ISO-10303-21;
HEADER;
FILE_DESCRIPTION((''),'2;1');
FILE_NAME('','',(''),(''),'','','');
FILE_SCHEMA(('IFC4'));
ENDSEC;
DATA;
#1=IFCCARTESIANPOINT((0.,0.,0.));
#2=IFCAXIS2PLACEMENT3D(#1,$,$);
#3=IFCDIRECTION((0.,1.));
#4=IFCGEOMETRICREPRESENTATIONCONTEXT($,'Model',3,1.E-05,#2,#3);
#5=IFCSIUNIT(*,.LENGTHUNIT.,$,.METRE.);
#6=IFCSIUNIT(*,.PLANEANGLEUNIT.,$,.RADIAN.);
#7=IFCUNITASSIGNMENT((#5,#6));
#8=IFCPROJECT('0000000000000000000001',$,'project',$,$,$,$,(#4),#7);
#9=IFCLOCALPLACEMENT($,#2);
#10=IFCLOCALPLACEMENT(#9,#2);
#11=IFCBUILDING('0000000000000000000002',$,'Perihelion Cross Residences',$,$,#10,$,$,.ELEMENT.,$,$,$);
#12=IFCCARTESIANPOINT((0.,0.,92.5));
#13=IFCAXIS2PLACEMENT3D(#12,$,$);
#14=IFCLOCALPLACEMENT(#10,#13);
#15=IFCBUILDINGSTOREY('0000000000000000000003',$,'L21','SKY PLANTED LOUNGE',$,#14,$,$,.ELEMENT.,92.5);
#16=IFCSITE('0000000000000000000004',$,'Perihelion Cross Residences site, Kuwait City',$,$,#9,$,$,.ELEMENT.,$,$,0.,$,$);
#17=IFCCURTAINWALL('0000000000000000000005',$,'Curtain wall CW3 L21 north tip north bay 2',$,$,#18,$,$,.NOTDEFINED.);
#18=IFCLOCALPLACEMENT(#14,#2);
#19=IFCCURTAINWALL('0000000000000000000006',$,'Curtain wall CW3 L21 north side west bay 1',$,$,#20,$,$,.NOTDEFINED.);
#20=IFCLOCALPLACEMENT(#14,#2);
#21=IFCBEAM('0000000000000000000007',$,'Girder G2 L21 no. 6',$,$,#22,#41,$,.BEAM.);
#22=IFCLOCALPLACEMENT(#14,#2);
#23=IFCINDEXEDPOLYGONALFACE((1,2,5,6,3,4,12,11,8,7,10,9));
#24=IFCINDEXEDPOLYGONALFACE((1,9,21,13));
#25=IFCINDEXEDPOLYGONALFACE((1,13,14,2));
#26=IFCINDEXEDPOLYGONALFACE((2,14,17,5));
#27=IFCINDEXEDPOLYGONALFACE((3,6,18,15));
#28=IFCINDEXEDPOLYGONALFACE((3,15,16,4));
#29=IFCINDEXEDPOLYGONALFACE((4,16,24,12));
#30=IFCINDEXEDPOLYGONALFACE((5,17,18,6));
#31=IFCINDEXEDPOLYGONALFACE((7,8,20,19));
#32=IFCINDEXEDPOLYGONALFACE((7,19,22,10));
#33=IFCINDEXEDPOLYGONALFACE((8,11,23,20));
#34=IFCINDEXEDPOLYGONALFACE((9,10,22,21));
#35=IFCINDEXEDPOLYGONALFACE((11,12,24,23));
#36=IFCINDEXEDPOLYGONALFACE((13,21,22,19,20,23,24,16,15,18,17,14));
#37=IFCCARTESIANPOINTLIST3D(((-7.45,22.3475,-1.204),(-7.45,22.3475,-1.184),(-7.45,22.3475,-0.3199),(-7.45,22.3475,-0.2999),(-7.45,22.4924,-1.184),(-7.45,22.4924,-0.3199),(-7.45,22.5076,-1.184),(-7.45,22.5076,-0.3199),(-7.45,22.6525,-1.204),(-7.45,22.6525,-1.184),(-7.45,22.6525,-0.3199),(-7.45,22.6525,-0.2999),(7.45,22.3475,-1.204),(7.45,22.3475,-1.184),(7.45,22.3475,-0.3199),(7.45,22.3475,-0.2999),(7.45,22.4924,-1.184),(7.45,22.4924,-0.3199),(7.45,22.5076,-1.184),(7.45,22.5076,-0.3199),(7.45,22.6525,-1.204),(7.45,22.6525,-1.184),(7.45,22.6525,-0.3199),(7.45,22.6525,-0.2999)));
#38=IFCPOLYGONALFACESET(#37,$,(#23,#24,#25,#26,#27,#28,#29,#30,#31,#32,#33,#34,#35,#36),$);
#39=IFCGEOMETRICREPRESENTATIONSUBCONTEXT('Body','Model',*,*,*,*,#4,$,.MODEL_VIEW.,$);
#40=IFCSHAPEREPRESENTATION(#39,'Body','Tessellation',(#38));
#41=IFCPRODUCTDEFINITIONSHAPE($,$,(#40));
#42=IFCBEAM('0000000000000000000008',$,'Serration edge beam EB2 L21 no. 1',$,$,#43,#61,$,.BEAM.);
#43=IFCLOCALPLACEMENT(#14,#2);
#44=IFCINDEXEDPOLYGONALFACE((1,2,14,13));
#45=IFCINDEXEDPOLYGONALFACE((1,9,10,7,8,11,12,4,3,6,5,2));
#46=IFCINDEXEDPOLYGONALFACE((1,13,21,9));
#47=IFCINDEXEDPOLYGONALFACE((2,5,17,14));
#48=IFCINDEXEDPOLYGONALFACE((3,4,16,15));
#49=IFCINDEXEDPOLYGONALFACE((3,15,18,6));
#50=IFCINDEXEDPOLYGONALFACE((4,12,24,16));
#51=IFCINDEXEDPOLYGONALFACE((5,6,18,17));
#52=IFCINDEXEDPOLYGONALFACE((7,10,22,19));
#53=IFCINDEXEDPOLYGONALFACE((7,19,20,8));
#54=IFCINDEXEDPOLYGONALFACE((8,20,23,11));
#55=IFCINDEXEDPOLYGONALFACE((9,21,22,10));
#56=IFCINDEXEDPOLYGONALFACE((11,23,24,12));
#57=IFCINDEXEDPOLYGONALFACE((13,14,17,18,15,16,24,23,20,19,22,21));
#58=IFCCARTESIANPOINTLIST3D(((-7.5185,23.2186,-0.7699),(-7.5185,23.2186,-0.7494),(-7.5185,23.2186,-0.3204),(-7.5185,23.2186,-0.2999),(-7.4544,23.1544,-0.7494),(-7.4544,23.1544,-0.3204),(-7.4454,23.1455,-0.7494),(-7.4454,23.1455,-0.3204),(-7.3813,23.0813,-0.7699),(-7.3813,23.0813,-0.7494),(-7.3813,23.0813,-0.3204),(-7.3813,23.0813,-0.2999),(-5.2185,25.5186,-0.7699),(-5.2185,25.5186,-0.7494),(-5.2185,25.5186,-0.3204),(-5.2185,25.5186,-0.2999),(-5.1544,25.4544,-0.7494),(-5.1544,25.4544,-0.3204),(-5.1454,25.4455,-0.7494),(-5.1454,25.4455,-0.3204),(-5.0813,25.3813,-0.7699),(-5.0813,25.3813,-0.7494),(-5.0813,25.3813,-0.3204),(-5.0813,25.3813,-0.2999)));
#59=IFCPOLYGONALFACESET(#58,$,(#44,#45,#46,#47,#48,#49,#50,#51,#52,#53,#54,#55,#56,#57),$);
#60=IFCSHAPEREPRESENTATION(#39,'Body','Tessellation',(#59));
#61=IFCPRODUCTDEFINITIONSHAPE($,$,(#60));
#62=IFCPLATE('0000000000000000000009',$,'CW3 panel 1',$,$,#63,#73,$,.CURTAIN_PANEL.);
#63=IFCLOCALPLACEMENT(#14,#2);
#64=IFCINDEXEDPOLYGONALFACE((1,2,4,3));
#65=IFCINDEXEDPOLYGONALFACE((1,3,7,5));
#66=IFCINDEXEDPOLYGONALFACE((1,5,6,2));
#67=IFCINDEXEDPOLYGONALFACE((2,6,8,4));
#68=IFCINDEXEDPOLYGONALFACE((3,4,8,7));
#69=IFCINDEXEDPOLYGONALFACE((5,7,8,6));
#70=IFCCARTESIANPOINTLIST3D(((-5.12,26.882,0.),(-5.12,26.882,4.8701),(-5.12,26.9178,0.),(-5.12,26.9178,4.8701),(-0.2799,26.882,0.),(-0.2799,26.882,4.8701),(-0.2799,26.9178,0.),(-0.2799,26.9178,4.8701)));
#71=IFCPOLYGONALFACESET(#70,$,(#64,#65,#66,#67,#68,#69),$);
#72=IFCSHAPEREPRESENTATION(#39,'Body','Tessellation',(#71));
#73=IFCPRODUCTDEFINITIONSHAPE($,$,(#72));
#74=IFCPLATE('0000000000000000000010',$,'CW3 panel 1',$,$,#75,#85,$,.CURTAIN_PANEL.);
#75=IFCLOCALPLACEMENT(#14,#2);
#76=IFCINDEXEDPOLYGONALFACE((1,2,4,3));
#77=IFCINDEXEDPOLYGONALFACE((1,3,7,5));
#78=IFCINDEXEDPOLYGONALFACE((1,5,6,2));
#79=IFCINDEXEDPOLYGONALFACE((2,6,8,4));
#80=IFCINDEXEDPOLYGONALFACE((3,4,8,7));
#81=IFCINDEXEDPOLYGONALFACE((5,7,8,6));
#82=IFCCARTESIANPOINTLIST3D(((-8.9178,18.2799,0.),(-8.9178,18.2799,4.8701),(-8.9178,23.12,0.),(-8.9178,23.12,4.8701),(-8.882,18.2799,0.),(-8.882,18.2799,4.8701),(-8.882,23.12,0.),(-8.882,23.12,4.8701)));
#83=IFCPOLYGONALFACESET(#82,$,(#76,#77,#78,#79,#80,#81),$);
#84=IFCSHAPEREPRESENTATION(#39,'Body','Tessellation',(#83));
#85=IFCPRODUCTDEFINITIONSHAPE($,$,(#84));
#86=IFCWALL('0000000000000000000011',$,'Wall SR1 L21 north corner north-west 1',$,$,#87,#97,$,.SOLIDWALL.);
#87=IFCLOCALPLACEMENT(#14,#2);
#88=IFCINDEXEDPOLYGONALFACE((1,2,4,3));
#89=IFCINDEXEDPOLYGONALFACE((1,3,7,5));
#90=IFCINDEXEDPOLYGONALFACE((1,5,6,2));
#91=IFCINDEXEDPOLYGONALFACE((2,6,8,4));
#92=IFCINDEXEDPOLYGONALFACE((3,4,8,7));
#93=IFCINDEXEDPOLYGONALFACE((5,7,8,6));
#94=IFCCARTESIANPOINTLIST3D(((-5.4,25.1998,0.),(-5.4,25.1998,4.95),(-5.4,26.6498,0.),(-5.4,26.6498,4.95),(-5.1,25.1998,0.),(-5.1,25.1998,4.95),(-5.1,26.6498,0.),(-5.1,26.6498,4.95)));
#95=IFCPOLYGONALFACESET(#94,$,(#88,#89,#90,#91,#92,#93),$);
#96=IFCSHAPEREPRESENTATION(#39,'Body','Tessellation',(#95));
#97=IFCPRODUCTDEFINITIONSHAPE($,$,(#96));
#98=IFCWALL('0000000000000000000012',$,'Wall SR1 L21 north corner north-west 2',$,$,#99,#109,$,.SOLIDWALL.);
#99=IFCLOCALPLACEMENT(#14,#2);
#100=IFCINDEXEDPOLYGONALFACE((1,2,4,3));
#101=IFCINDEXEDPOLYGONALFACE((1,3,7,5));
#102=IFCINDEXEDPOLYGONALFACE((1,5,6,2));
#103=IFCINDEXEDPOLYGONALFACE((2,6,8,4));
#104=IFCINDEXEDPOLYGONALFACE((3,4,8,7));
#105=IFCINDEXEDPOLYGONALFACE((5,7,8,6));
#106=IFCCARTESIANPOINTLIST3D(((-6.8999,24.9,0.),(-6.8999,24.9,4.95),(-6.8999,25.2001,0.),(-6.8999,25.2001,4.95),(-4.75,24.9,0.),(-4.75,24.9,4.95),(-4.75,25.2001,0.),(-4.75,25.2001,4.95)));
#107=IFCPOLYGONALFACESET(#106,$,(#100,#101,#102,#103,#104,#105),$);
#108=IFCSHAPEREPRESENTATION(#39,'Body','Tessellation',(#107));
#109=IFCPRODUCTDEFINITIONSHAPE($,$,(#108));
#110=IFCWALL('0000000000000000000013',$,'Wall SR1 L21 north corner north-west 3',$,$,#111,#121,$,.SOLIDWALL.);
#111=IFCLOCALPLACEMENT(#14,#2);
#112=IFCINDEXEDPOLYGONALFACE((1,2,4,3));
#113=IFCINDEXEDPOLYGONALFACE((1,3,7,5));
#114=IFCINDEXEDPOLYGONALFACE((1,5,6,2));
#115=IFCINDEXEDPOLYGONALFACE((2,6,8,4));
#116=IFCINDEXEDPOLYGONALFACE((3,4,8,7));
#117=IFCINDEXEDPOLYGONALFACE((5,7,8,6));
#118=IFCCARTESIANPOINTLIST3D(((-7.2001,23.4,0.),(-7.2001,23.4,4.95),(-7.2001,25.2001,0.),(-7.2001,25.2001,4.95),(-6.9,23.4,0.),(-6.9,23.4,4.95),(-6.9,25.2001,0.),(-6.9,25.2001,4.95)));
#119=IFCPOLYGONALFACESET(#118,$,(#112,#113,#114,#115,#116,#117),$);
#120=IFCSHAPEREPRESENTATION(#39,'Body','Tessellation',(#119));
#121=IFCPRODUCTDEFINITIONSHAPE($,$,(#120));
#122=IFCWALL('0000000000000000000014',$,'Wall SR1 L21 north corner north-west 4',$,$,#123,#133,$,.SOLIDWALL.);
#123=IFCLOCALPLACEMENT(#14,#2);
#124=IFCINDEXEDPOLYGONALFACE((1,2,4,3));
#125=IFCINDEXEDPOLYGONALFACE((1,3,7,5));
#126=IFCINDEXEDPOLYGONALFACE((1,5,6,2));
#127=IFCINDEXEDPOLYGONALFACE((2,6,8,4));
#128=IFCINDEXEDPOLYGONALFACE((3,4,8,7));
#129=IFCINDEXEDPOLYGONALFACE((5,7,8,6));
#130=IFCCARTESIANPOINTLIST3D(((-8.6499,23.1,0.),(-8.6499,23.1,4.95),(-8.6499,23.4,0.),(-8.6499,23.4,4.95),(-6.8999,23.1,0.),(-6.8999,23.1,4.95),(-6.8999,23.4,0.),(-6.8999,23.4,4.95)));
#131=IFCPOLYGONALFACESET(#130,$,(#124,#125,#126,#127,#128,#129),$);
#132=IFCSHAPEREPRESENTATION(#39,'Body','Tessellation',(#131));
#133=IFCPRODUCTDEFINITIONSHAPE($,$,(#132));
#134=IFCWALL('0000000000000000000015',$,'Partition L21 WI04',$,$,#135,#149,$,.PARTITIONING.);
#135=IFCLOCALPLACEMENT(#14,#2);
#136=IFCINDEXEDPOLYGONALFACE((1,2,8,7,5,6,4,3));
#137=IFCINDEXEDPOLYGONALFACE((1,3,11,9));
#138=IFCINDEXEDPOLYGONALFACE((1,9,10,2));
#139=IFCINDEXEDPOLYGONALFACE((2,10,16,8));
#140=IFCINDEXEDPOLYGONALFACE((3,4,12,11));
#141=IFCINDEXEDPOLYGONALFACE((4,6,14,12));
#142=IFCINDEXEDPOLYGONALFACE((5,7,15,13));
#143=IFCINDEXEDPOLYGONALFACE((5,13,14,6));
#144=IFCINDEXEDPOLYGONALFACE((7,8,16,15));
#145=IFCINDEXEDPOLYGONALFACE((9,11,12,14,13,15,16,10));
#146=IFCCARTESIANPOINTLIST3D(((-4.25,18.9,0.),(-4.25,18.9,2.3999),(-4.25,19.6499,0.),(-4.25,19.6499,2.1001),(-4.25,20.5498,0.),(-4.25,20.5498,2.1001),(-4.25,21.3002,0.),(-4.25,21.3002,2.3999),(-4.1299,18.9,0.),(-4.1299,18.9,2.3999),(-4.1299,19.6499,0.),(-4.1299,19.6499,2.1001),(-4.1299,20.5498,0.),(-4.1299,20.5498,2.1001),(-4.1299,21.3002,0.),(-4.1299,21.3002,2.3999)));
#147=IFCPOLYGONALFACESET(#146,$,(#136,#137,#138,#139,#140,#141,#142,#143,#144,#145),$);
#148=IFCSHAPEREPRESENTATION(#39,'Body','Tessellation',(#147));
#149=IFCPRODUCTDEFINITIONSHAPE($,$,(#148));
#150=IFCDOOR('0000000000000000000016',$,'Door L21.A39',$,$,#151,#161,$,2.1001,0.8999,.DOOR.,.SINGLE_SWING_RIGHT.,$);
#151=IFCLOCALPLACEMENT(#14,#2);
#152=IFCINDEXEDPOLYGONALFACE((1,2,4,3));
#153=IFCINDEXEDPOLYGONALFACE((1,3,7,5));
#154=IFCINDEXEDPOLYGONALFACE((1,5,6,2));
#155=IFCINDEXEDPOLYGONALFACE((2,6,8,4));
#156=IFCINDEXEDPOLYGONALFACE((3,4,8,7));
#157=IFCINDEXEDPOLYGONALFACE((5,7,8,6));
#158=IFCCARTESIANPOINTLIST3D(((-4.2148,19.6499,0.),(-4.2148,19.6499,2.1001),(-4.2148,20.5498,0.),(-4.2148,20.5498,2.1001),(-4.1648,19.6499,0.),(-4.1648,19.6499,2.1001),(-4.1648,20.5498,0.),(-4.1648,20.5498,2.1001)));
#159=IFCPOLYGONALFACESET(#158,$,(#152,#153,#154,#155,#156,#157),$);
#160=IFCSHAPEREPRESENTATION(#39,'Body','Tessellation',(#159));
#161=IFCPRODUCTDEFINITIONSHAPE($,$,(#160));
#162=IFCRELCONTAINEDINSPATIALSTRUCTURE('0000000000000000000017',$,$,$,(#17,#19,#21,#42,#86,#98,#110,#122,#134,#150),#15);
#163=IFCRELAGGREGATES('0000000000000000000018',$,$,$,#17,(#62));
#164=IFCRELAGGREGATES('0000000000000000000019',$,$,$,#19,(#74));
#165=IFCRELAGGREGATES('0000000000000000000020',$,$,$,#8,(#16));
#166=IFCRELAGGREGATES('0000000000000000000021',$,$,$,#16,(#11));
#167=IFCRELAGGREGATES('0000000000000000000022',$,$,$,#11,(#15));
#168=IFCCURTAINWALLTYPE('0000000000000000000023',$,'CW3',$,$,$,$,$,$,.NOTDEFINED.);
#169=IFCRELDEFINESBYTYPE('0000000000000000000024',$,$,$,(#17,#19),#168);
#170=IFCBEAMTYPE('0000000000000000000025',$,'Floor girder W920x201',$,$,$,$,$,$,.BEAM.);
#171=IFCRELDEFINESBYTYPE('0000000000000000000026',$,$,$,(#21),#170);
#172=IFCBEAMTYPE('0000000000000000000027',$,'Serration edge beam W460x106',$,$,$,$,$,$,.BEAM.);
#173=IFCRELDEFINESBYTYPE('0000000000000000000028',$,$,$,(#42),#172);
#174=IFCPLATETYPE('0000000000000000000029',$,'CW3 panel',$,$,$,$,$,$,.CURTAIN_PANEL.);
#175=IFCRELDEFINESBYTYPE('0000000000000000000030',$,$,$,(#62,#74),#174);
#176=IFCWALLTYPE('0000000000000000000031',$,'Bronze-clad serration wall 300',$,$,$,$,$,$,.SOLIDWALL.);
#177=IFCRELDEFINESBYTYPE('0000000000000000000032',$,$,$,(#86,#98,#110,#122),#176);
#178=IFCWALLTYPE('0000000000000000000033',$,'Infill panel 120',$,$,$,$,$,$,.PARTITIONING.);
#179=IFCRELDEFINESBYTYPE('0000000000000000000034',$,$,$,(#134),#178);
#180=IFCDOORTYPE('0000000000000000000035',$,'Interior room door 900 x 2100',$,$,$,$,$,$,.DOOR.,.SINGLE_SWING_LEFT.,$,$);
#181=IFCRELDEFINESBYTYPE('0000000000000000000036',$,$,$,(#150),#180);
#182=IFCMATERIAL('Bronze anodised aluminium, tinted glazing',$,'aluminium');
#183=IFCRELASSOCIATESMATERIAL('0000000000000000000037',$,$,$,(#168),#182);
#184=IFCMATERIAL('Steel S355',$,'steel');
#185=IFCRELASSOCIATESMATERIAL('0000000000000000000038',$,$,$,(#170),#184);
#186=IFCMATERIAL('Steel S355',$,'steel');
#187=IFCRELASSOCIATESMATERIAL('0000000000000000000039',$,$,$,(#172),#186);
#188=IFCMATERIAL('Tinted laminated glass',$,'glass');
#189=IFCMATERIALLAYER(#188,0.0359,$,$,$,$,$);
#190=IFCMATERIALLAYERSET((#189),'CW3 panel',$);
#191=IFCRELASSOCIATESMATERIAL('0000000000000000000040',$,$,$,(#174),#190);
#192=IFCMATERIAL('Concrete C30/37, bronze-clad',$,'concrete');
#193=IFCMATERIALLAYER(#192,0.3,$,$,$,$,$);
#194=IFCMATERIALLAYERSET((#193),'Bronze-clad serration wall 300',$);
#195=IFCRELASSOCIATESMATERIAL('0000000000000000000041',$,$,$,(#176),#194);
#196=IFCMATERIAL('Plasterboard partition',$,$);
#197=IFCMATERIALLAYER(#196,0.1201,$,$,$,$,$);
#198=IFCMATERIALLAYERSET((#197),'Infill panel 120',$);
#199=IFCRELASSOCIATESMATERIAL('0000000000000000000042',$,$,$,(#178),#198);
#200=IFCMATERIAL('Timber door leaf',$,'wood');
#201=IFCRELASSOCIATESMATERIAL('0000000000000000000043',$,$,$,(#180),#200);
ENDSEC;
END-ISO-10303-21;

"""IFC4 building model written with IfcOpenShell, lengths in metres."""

from ifc_helpers import new_model, si_unit, direction, frame, frame_2d, origin, origin_2d, place, context, subcontext, project, spatial, rectangle, i_section, extrude, material, layer, layer_set, material_profile, profile_set, type_object, element, fill, aggregate, save


model = new_model("IFC4")

# Units and contexts
model_context = context("Model", 3, precision=1e-05, world=origin(), true_north=direction((0.0, 1.0)))
body_context = subcontext(model_context, "Body", "Model", "MODEL_VIEW")
ifc_project = project(units=[si_unit("LENGTHUNIT", "METRE"), si_unit("PLANEANGLEUNIT", "RADIAN")], contexts=[model_context])

# Site, building, storey
site_placement = place(None, origin())
site = spatial("IfcSite", under=ifc_project, at=site_placement, Name="Perihelion Cross Residences site, Kuwait City", CompositionType="ELEMENT", RefElevation=0.0)
building_placement = place(site_placement, origin())
building = spatial("IfcBuilding", under=site, at=building_placement, Name="Perihelion Cross Residences", CompositionType="ELEMENT")
storey_placement = place(building_placement, frame((0.0, 0.0, 92.5)))
storey = spatial("IfcBuildingStorey", under=building, at=storey_placement, Name="L21", Description="SKY PLANTED LOUNGE", CompositionType="ELEMENT", Elevation=92.5)

# Curtain walls
ifc_material_1 = material(Name="Bronze anodised aluminium, tinted glazing", Category="aluminium")
curtain_wall_type = type_object("IfcCurtainWallType", Name="CW3", PredefinedType="NOTDEFINED", material=ifc_material_1)
curtain_wall_1_placement = place(storey_placement, origin())
curtain_wall_1 = element("IfcCurtainWall", 1, at=curtain_wall_1_placement, inside=storey, type_object=curtain_wall_type, Name="Curtain wall CW3 L21 north tip north bay 2", PredefinedType="NOTDEFINED")
curtain_wall_2_placement = place(storey_placement, origin())
curtain_wall_2 = element("IfcCurtainWall", 2, at=curtain_wall_2_placement, inside=storey, type_object=curtain_wall_type, Name="Curtain wall CW3 L21 north side west bay 1", PredefinedType="NOTDEFINED")

# Beams
ifc_material_2 = material(Name="Steel S355", Category="steel")
ifc_material_profile_1 = material_profile(ifc_material_2, i_section(OverallWidth=0.3049, OverallDepth=0.9041, WebThickness=0.0151, FlangeThickness=0.02, at=origin_2d()), Name="W920x201")
ifc_profile_set_1 = profile_set([ifc_material_profile_1], Name="Steel S355")
beam_type_1 = type_object("IfcBeamType", Name="Floor girder W920x201", PredefinedType="BEAM", material=ifc_profile_set_1)
for number, where, z_axis, x_axis, name in (
    (3, (-7.45, 22.5, -0.752), (1.0, 0.0, 0.0), (0.0, 1.0, 0.0), "Girder G2 L21 no. 6"),
):
    element("IfcBeam", number, at=place(storey_placement, frame(where, z_axis=z_axis, x_axis=x_axis)), inside=storey, type_object=beam_type_1, Name=name, PredefinedType="BEAM", context=body_context, shape_type="SweptSolid", body=[
        extrude(i_section(OverallWidth=0.3049, OverallDepth=0.9041, WebThickness=0.0151, FlangeThickness=0.02, at=origin_2d()), origin(), (0.0, 0.0, 1.0), 14.8999),
    ])
ifc_material_3 = material(Name="Steel S355", Category="steel")
ifc_material_profile_2 = material_profile(ifc_material_3, i_section(OverallWidth=0.1941, OverallDepth=0.47, WebThickness=0.0127, FlangeThickness=0.0205, at=origin_2d()), Name="W460x106")
ifc_profile_set_2 = profile_set([ifc_material_profile_2], Name="Steel S355")
beam_type_2 = type_object("IfcBeamType", Name="Serration edge beam W460x106", PredefinedType="BEAM", material=ifc_profile_set_2)
beam_placement = place(storey_placement, frame((-5.1499, 25.45, -0.5349), z_axis=(-0.707107, -0.707107, 0.0), x_axis=(0.707107, -0.707107, 0.0)))
element("IfcBeam", 4, at=beam_placement, inside=storey, type_object=beam_type_2, Name="Serration edge beam EB2 L21 no. 1", PredefinedType="BEAM", context=body_context, shape_type="SweptSolid", body=[
    extrude(i_section(OverallWidth=0.1941, OverallDepth=0.47, WebThickness=0.0127, FlangeThickness=0.0205, at=origin_2d()), origin(), (0.0, 0.0, 1.0), 3.2527),
])

# Plates
ifc_material_4 = material(Name="Tinted laminated glass", Category="glass")
ifc_layer_1 = layer(ifc_material_4, 0.0359)
ifc_layer_set_1 = layer_set([ifc_layer_1], Name="CW3 panel")
plate_type = type_object("IfcPlateType", Name="CW3 panel", PredefinedType="CURTAIN_PANEL", material=ifc_layer_set_1)
plate_1_placement = place(storey_placement, frame((-2.7, 26.8999, 0.0), z_axis=(0.0, 0.0, 1.0), x_axis=(-1.0, 0.0, 0.0)))
plate_1 = element("IfcPlate", 5, at=plate_1_placement, type_object=plate_type, Name="CW3 panel 1", PredefinedType="CURTAIN_PANEL", context=body_context, shape_type="SweptSolid", body=[
    extrude(rectangle(XDim=4.8401, YDim=0.0359, at=origin_2d()), origin(), (0.0, 0.0, 1.0), 4.8701),
])
aggregate(curtain_wall_1, [plate_1])
plate_2_placement = place(storey_placement, frame((-8.8999, 20.7, 0.0), z_axis=(0.0, 0.0, 1.0), x_axis=(0.0, -1.0, 0.0)))
plate_2 = element("IfcPlate", 6, at=plate_2_placement, type_object=plate_type, Name="CW3 panel 1", PredefinedType="CURTAIN_PANEL", context=body_context, shape_type="SweptSolid", body=[
    extrude(rectangle(XDim=4.8401, YDim=0.0359, at=origin_2d()), origin(), (0.0, 0.0, 1.0), 4.8701),
])
aggregate(curtain_wall_2, [plate_2])

# Walls
ifc_material_5 = material(Name="Concrete C30/37, bronze-clad", Category="concrete")
ifc_layer_2 = layer(ifc_material_5, 0.3)
ifc_layer_set_2 = layer_set([ifc_layer_2], Name="Bronze-clad serration wall 300")
wall_type_1 = type_object("IfcWallType", Name="Bronze-clad serration wall 300", PredefinedType="SOLIDWALL", material=ifc_layer_set_2)
wall_1_placement = place(storey_placement, frame((-5.25, 26.6499, 0.0), z_axis=(0.0, 0.0, 1.0), x_axis=(0.0, -1.0, 0.0)))
element("IfcWall", 7, at=wall_1_placement, inside=storey, type_object=wall_type_1, Name="Wall SR1 L21 north corner north-west 1", PredefinedType="SOLIDWALL", context=body_context, shape_type="SweptSolid", body=[
    extrude(rectangle(XDim=1.45, YDim=0.3, at=frame_2d((0.7251, 0.0))), origin(), (0.0, 0.0, 1.0), 4.95),
])
wall_2_placement = place(storey_placement, frame((-4.75, 25.05, 0.0), z_axis=(0.0, 0.0, 1.0), x_axis=(-1.0, 0.0, 0.0)))
element("IfcWall", 8, at=wall_2_placement, inside=storey, type_object=wall_type_1, Name="Wall SR1 L21 north corner north-west 2", PredefinedType="SOLIDWALL", context=body_context, shape_type="SweptSolid", body=[
    extrude(rectangle(XDim=2.1499, YDim=0.3, at=frame_2d((1.075, 0.0))), origin(), (0.0, 0.0, 1.0), 4.95),
])
wall_3_placement = place(storey_placement, frame((-7.05, 25.2, 0.0), z_axis=(0.0, 0.0, 1.0), x_axis=(0.0, -1.0, 0.0)))
element("IfcWall", 9, at=wall_3_placement, inside=storey, type_object=wall_type_1, Name="Wall SR1 L21 north corner north-west 3", PredefinedType="SOLIDWALL", context=body_context, shape_type="SweptSolid", body=[
    extrude(rectangle(XDim=1.8, YDim=0.3, at=frame_2d((0.8999, 0.0))), origin(), (0.0, 0.0, 1.0), 4.95),
])
wall_4_placement = place(storey_placement, frame((-6.8999, 23.25, 0.0), z_axis=(0.0, 0.0, 1.0), x_axis=(-1.0, 0.0, 0.0)))
element("IfcWall", 10, at=wall_4_placement, inside=storey, type_object=wall_type_1, Name="Wall SR1 L21 north corner north-west 4", PredefinedType="SOLIDWALL", context=body_context, shape_type="SweptSolid", body=[
    extrude(rectangle(XDim=1.75, YDim=0.3, at=frame_2d((0.875, 0.0))), origin(), (0.0, 0.0, 1.0), 4.95),
])

# Wall, opening, door
ifc_material_6 = material(Name="Plasterboard partition")
ifc_layer_3 = layer(ifc_material_6, 0.1201)
ifc_layer_set_3 = layer_set([ifc_layer_3], Name="Infill panel 120")
wall_type_2 = type_object("IfcWallType", Name="Infill panel 120", PredefinedType="PARTITIONING", material=ifc_layer_set_3)
wall_5_placement = place(storey_placement, frame((-4.1899, 18.8999, 0.0), z_axis=(0.0, 0.0, 1.0), x_axis=(0.0, 1.0, 0.0)))
wall_5 = element("IfcWall", 11, at=wall_5_placement, inside=storey, type_object=wall_type_2, Name="Partition L21 WI04", PredefinedType="PARTITIONING", context=body_context, shape_type="SweptSolid", body=[
    extrude(rectangle(XDim=2.4001, YDim=0.1201, at=frame_2d((1.2002, 0.0))), origin(), (0.0, 0.0, 1.0), 2.3999),
])
opening_1_placement = place(wall_5_placement, frame((0.75, 0.0, 0.0)))
opening_1 = element("IfcOpeningElement", 12, at=opening_1_placement, cuts=wall_5, PredefinedType="OPENING", context=body_context, shape_type="SweptSolid", body=[
    extrude(rectangle(XDim=0.8999, YDim=2.1001, at=frame_2d((0.45, 1.05))), frame((0.0, 0.0701, 0.0), z_axis=(0.0, -1.0, 0.0), x_axis=(1.0, 0.0, 0.0)), (0.0, 0.0, 1.0), 0.1401),
])
ifc_material_7 = material(Name="Timber door leaf", Category="wood")
door_type_1 = type_object("IfcDoorType", Name="Interior room door 900 x 2100", OperationType="SINGLE_SWING_LEFT", PredefinedType="DOOR", material=ifc_material_7)
door_1_placement = place(opening_1_placement, origin())
door_1 = element("IfcDoor", 13, at=door_1_placement, inside=storey, type_object=door_type_1, Name="Door L21.A39", OperationType="SINGLE_SWING_RIGHT", OverallHeight=2.1001, OverallWidth=0.8999, PredefinedType="DOOR", context=body_context, shape_type="SweptSolid", body=[
    extrude(rectangle(XDim=0.8999, YDim=2.1001, at=frame_2d((0.45, 1.05))), frame((0.0, 0.0249, 0.0), z_axis=(0.0, -1.0, 0.0), x_axis=(1.0, 0.0, 0.0)), (0.0, 0.0, 1.0), 0.05),
])
fill(opening_1, door_1)

save(model, "model.ifc")
